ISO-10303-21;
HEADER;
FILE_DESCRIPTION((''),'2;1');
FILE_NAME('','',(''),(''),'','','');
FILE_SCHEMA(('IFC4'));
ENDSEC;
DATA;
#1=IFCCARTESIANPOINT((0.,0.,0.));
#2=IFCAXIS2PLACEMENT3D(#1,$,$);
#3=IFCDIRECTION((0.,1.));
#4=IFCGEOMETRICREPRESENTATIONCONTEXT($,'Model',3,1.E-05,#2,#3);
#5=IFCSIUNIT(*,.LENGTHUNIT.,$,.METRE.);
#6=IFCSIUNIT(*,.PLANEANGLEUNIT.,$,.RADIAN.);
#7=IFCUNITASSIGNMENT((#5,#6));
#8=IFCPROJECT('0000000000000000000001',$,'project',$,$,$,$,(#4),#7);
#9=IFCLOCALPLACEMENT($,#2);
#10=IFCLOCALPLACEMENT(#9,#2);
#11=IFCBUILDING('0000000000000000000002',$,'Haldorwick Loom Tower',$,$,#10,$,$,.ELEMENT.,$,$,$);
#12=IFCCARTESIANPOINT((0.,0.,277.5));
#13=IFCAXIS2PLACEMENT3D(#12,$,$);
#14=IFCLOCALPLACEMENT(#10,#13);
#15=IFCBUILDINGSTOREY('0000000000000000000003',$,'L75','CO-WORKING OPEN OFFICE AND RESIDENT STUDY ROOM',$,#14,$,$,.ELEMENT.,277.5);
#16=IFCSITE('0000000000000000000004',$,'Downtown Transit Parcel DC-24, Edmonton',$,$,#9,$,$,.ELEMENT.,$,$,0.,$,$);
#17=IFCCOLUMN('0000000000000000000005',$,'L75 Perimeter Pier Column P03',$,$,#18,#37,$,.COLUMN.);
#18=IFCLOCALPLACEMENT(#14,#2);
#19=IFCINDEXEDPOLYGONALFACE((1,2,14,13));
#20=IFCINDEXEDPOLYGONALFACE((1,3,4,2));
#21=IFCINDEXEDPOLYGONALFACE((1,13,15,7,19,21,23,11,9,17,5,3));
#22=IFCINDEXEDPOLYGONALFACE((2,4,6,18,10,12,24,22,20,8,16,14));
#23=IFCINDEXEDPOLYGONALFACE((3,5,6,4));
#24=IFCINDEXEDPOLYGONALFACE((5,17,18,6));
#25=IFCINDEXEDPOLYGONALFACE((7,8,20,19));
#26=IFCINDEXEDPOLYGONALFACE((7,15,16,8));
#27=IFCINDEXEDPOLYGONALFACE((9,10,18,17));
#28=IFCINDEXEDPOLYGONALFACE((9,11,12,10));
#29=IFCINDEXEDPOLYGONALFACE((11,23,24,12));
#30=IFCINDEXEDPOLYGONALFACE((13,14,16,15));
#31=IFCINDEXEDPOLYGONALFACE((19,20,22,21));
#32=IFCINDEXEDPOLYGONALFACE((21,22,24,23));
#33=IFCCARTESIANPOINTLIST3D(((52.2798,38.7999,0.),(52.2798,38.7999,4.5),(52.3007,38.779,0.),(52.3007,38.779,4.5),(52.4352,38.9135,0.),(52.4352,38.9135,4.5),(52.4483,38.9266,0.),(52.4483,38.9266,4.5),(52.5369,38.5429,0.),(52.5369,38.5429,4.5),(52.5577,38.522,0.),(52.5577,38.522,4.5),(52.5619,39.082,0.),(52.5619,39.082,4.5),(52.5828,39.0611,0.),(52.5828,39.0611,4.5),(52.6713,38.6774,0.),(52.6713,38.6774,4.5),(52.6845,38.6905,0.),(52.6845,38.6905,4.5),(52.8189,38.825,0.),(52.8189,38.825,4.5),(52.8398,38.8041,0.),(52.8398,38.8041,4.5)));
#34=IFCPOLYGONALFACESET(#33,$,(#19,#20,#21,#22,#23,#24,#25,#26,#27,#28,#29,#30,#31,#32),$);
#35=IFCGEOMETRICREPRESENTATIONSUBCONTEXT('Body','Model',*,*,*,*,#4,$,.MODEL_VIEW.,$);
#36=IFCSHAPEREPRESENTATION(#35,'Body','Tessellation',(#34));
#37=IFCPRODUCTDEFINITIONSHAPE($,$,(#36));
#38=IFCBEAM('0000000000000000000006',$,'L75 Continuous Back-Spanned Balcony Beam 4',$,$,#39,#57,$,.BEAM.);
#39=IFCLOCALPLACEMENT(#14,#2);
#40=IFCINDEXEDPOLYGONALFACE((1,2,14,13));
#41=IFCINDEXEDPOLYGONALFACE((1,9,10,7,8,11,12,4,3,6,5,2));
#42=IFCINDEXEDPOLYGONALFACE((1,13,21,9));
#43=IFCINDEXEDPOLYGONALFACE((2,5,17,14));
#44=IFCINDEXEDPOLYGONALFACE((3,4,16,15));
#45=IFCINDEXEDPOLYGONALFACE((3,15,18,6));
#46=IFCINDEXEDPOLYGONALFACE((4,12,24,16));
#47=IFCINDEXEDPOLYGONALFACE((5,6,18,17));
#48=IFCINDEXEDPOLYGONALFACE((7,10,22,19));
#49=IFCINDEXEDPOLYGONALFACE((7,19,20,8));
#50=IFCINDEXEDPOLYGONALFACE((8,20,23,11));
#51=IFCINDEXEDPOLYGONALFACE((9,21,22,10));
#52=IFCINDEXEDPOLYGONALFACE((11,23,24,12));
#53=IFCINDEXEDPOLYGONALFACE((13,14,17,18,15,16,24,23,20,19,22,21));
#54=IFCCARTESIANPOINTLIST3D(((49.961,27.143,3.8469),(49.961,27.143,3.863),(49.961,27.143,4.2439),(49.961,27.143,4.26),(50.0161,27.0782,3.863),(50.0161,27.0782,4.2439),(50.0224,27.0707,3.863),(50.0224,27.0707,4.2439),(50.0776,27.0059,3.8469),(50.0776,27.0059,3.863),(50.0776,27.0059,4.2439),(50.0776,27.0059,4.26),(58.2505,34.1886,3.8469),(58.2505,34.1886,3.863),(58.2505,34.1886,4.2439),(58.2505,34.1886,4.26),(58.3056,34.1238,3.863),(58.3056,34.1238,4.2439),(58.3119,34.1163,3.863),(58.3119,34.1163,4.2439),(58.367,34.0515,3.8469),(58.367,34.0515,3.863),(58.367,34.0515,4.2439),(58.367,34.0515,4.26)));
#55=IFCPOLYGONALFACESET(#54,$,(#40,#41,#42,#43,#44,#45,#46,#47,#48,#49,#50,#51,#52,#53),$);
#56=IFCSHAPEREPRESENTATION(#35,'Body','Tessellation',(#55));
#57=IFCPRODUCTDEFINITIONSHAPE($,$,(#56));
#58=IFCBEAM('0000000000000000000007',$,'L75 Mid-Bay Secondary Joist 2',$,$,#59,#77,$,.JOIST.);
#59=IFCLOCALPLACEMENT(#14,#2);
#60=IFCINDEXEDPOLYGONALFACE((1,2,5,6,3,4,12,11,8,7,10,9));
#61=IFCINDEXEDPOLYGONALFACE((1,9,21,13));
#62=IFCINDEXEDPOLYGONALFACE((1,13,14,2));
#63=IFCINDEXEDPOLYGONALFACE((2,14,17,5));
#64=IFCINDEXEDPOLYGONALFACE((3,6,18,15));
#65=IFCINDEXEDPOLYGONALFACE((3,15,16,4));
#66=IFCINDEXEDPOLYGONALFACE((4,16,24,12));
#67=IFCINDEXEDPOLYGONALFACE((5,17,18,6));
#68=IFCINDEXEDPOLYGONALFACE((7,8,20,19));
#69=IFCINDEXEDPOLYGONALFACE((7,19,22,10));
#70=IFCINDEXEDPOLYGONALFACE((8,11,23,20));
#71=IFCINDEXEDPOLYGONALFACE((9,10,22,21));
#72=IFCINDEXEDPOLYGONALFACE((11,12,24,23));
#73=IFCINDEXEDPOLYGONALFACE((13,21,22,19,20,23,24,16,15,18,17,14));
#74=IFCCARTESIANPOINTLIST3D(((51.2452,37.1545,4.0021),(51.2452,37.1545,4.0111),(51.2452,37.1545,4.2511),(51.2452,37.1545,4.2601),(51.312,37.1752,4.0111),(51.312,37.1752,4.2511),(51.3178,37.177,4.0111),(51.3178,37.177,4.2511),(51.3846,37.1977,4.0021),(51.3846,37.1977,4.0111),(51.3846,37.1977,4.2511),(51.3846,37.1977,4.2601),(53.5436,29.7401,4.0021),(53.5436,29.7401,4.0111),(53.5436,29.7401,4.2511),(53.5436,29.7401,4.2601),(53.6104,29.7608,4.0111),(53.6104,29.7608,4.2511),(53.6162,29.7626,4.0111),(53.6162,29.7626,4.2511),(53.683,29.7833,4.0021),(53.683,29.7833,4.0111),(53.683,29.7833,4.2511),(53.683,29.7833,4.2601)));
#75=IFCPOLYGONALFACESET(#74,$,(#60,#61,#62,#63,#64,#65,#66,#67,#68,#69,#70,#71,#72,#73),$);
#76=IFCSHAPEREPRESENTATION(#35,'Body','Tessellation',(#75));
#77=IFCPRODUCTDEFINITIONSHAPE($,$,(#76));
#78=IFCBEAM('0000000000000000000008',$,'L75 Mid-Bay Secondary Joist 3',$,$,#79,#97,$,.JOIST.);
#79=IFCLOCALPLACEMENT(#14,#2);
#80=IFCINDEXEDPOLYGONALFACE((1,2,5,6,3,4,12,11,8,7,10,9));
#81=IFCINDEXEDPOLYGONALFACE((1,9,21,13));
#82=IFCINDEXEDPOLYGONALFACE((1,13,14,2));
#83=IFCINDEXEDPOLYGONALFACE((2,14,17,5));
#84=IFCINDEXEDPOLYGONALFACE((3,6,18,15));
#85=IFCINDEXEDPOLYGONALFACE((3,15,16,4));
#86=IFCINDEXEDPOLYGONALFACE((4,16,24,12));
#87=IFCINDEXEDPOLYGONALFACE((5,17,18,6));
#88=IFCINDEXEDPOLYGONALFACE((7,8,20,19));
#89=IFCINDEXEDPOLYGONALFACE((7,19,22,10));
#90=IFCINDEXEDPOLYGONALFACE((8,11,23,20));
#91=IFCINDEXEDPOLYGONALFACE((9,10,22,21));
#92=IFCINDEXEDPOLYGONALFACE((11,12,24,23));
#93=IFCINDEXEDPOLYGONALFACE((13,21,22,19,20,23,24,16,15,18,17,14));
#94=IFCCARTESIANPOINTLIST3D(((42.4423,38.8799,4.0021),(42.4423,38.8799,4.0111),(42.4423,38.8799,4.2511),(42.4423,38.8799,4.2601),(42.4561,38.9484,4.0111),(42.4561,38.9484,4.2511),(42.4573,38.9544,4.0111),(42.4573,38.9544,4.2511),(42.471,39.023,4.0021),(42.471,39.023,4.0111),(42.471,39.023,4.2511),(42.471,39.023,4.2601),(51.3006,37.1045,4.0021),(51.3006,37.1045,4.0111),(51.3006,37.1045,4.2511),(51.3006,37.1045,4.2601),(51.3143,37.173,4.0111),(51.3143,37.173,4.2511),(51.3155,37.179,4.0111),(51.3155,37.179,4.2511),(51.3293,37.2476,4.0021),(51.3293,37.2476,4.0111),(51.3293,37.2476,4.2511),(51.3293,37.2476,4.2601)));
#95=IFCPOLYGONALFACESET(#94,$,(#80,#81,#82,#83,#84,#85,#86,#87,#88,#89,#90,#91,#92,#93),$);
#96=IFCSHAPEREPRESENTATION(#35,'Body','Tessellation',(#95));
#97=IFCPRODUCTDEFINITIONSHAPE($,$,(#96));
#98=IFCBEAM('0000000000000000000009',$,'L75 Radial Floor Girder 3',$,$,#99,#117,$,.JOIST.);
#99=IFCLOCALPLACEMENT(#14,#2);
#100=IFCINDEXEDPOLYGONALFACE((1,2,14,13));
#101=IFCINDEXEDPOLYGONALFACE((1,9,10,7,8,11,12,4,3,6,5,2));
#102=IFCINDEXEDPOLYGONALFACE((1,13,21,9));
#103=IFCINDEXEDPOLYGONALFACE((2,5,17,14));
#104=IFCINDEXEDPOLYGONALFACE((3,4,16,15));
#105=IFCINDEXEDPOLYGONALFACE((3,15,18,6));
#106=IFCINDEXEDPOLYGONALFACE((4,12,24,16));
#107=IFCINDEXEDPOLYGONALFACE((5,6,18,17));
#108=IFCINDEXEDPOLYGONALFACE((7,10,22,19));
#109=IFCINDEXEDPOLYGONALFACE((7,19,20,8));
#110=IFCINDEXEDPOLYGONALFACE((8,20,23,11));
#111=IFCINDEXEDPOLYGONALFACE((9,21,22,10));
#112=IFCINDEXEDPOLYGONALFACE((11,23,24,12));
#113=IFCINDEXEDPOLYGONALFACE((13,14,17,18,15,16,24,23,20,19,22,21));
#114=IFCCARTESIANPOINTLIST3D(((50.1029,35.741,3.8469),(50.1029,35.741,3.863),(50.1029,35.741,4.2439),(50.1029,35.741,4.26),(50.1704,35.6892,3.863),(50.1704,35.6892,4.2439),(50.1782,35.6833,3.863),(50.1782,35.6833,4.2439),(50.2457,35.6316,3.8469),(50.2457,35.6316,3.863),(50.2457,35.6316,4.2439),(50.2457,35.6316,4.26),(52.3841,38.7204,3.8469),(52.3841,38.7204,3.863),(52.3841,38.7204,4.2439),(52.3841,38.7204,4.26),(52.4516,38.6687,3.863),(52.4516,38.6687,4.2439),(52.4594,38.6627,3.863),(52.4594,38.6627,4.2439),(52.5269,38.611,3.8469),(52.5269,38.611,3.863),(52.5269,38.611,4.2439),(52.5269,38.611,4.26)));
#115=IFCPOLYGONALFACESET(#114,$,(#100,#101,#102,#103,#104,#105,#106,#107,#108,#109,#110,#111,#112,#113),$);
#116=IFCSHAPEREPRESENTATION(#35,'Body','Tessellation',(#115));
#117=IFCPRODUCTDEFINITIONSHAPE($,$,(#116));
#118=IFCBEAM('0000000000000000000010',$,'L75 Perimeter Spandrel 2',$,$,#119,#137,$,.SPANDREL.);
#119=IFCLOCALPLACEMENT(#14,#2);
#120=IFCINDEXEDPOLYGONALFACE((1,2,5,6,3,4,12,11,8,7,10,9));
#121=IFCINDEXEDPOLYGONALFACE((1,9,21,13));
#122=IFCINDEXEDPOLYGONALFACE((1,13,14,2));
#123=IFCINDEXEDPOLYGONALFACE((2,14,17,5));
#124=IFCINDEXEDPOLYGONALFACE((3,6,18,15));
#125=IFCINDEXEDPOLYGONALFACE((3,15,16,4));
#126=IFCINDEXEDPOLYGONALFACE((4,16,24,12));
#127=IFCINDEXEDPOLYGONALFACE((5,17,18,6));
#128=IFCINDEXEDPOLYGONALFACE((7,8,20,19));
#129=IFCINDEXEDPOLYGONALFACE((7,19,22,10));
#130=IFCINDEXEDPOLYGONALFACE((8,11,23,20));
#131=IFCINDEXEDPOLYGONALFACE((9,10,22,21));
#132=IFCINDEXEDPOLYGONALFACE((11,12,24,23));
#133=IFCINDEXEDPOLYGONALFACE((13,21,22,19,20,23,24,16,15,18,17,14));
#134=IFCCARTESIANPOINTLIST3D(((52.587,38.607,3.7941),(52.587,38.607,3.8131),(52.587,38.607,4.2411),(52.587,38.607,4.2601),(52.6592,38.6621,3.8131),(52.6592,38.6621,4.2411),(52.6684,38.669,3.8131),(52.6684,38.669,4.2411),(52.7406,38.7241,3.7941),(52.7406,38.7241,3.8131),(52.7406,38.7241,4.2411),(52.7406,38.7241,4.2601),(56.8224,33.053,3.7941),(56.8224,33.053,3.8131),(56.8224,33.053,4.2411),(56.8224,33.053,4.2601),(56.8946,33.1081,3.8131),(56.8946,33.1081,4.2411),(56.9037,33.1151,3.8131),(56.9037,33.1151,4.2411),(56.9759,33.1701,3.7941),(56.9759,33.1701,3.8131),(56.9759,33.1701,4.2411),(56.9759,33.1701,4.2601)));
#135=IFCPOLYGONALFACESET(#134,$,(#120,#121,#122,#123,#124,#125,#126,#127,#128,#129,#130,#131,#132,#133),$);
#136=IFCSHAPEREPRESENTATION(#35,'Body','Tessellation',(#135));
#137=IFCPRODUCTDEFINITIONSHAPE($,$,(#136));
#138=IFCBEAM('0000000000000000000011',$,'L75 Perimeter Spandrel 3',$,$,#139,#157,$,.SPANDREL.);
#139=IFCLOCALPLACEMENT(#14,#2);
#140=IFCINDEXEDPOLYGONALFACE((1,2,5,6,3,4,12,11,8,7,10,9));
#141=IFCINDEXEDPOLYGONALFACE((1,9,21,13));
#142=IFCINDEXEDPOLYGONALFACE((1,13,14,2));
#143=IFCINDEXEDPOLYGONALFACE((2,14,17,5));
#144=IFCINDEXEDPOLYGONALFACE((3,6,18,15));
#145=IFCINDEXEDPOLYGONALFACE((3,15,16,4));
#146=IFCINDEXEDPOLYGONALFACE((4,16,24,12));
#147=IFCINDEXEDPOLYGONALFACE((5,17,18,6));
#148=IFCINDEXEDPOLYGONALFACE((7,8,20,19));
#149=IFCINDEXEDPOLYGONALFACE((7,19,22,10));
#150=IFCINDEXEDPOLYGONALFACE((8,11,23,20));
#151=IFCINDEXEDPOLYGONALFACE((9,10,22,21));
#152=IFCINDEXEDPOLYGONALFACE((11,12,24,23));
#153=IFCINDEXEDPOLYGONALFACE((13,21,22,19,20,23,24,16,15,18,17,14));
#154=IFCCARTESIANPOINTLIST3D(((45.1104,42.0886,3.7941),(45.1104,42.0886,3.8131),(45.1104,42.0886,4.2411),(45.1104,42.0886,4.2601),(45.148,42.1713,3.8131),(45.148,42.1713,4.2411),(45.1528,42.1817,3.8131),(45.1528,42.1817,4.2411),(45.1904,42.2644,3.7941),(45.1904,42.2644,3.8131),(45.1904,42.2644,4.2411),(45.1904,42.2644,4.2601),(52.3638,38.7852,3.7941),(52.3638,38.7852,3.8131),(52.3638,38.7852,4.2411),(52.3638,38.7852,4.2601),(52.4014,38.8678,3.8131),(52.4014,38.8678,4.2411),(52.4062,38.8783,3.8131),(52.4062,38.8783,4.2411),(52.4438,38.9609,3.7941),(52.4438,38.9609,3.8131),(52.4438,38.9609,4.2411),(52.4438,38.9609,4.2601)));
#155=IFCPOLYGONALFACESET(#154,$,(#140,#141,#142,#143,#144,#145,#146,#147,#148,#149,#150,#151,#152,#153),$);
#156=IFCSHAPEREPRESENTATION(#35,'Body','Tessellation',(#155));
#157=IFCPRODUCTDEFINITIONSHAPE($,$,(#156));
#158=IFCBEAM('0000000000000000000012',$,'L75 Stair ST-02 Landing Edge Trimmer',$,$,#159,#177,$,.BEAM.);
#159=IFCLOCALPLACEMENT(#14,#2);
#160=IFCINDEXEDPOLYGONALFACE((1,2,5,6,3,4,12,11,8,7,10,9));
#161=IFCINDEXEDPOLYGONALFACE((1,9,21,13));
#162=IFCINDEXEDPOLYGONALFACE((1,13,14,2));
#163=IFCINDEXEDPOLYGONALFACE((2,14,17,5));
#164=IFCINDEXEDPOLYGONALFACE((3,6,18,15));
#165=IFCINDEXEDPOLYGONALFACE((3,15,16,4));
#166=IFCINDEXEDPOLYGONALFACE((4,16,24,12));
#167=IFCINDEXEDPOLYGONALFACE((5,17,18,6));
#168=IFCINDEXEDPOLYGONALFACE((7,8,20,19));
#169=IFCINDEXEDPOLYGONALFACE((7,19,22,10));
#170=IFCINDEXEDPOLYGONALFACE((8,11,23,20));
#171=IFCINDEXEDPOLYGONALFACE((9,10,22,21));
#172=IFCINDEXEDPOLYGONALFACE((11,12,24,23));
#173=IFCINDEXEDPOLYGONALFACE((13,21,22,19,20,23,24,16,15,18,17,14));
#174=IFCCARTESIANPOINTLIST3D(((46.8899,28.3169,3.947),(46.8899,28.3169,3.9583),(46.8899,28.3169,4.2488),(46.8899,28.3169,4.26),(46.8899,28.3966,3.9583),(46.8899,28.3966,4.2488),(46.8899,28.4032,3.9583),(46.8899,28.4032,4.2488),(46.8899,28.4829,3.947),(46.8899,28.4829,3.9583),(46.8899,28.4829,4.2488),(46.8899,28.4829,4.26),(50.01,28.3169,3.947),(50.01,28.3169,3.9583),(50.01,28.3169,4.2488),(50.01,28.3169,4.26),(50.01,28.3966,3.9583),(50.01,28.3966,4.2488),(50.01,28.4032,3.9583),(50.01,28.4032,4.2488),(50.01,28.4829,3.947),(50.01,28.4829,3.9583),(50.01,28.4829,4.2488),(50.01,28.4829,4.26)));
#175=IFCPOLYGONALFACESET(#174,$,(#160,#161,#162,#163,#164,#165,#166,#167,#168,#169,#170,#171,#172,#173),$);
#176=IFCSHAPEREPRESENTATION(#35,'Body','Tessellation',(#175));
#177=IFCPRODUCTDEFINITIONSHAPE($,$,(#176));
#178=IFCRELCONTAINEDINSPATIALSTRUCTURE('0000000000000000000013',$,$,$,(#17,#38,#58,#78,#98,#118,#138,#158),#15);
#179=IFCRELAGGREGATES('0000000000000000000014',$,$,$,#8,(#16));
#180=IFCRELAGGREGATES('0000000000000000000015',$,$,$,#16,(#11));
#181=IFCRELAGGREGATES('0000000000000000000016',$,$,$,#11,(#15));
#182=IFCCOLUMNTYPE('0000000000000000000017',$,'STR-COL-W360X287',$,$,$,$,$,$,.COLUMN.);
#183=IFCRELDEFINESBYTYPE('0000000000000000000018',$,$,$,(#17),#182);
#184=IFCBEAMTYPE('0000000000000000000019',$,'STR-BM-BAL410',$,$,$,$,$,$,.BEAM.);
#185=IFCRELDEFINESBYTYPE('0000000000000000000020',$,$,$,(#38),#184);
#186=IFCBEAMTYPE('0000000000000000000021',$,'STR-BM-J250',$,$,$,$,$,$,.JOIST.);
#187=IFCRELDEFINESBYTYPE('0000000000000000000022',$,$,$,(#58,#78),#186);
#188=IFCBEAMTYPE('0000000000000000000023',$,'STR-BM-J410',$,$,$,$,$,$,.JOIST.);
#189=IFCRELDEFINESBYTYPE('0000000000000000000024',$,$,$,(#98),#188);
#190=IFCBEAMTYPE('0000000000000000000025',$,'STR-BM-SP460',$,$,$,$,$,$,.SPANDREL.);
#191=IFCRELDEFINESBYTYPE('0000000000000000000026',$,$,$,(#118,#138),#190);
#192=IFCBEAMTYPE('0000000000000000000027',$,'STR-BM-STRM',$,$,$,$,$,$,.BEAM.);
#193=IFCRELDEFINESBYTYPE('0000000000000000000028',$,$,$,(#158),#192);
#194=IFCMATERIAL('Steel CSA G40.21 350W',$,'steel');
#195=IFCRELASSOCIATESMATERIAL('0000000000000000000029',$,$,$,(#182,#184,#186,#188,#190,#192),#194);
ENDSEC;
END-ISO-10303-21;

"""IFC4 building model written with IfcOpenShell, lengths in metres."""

from ifc_helpers import new_model, si_unit, direction, frame, origin, origin_2d, place, context, subcontext, project, spatial, i_section, extrude, material, material_profile, profile_set, type_object, element, save


model = new_model("IFC4")

# Units and contexts
model_context = context("Model", 3, precision=1e-05, world=origin(), true_north=direction((0.0, 1.0)))
body_context = subcontext(model_context, "Body", "Model", "MODEL_VIEW")
ifc_project = project(units=[si_unit("LENGTHUNIT", "METRE"), si_unit("PLANEANGLEUNIT", "RADIAN")], contexts=[model_context])

# Site, building, storey
site_placement = place(None, origin())
site = spatial("IfcSite", under=ifc_project, at=site_placement, Name="Downtown Transit Parcel DC-24, Edmonton", CompositionType="ELEMENT", RefElevation=0.0)
building_placement = place(site_placement, origin())
building = spatial("IfcBuilding", under=site, at=building_placement, Name="Haldorwick Loom Tower", CompositionType="ELEMENT")
storey_placement = place(building_placement, frame((0.0, 0.0, 277.5)))
storey = spatial("IfcBuildingStorey", under=building, at=storey_placement, Name="L75", Description="CO-WORKING OPEN OFFICE AND RESIDENT STUDY ROOM", CompositionType="ELEMENT", Elevation=277.5)

# Column
ifc_material_1 = material(Name="Steel CSA G40.21 350W", Category="steel")
ifc_material_profile_1 = material_profile(ifc_material_1, i_section(OverallWidth=0.3989, OverallDepth=0.3931, WebThickness=0.0186, FlangeThickness=0.0295, at=origin_2d()), Name="W360X287", Category="steel")
ifc_profile_set_1 = profile_set([ifc_material_profile_1], Name="Steel CSA G40.21 350W")
column_type_1 = type_object("IfcColumnType", Name="STR-COL-W360X287", PredefinedType="COLUMN", material=ifc_profile_set_1)
for number, where, z_axis, x_axis, name in (
    (1, (52.5598, 38.802, 0.0), (0.0, 0.0, 1.0), (0.707107, 0.707107, 0.0), "L75 Perimeter Pier Column P03"),
):
    element("IfcColumn", number, at=place(storey_placement, frame(where, z_axis=z_axis, x_axis=x_axis)), inside=storey, type_object=column_type_1, Name=name, PredefinedType="COLUMN", context=body_context, shape_type="SweptSolid", body=[
        extrude(i_section(OverallWidth=0.3989, OverallDepth=0.3931, WebThickness=0.0186, FlangeThickness=0.0295, at=origin_2d()), origin(), (0.0, 0.0, 1.0), 4.5),
    ])

# Beams
ifc_material_profile_2 = material_profile(ifc_material_1, i_section(OverallWidth=0.1799, OverallDepth=0.4131, WebThickness=0.0098, FlangeThickness=0.0161, at=origin_2d()), Name="W410X74", Category="steel")
ifc_profile_set_2 = profile_set([ifc_material_profile_2], Name="Steel CSA G40.21 350W")
beam_type_1 = type_object("IfcBeamType", Name="STR-BM-BAL410", PredefinedType="BEAM", material=ifc_profile_set_2)
beam_1_placement = place(storey_placement, frame((50.0193, 27.0745, 4.0535), z_axis=(0.76196, 0.647624, 0.0), x_axis=(-0.647624, 0.76196, 0.0)))
element("IfcBeam", 2, at=beam_1_placement, inside=storey, type_object=beam_type_1, Name="L75 Continuous Back-Spanned Balcony Beam 4", PredefinedType="BEAM", context=body_context, shape_type="SweptSolid", body=[
    extrude(i_section(OverallWidth=0.1799, OverallDepth=0.4131, WebThickness=0.0098, FlangeThickness=0.0161, at=origin_2d()), origin(), (0.0, 0.0, 1.0), 10.8792),
])
ifc_material_profile_3 = material_profile(ifc_material_1, i_section(OverallWidth=0.146, OverallDepth=0.2581, WebThickness=0.0061, FlangeThickness=0.009, at=origin_2d()), Name="W250X33", Category="steel")
ifc_profile_set_3 = profile_set([ifc_material_profile_3], Name="Steel CSA G40.21 350W")
beam_type_2 = type_object("IfcBeamType", Name="STR-BM-J250", PredefinedType="JOIST", material=ifc_profile_set_3)
beam_2_placement = place(storey_placement, frame((53.6133, 29.7617, 4.1311), z_axis=(-0.296088, 0.955161, 0.0), x_axis=(-0.955161, -0.296088, 0.0)))
element("IfcBeam", 3, at=beam_2_placement, inside=storey, type_object=beam_type_2, Name="L75 Mid-Bay Secondary Joist 2", PredefinedType="JOIST", context=body_context, shape_type="SweptSolid", body=[
    extrude(i_section(OverallWidth=0.146, OverallDepth=0.2581, WebThickness=0.0061, FlangeThickness=0.009, at=origin_2d()), origin(), (0.0, 0.0, 1.0), 7.7625),
])
beam_3_placement = place(storey_placement, frame((51.3149, 37.176, 4.1311), z_axis=(-0.980501, 0.196516, 0.0), x_axis=(-0.196516, -0.980501, 0.0)))
element("IfcBeam", 4, at=beam_3_placement, inside=storey, type_object=beam_type_2, Name="L75 Mid-Bay Secondary Joist 3", PredefinedType="JOIST", context=body_context, shape_type="SweptSolid", body=[
    extrude(i_section(OverallWidth=0.146, OverallDepth=0.2581, WebThickness=0.0061, FlangeThickness=0.009, at=origin_2d()), origin(), (0.0, 0.0, 1.0), 9.0344),
])
ifc_material_profile_4 = material_profile(ifc_material_1, i_section(OverallWidth=0.1799, OverallDepth=0.4131, WebThickness=0.0098, FlangeThickness=0.0161, at=origin_2d()), Name="W410X74", Category="steel")
ifc_profile_set_4 = profile_set([ifc_material_profile_4], Name="Steel CSA G40.21 350W")
beam_type_3 = type_object("IfcBeamType", Name="STR-BM-J410", PredefinedType="JOIST", material=ifc_profile_set_4)
beam_4_placement = place(storey_placement, frame((50.1743, 35.6863, 4.0535), z_axis=(0.607923, 0.793996, 0.0), x_axis=(-0.793996, 0.607923, 0.0)))
element("IfcBeam", 5, at=beam_4_placement, inside=storey, type_object=beam_type_3, Name="L75 Radial Floor Girder 3", PredefinedType="JOIST", context=body_context, shape_type="SweptSolid", body=[
    extrude(i_section(OverallWidth=0.1799, OverallDepth=0.4131, WebThickness=0.0098, FlangeThickness=0.0161, at=origin_2d()), origin(), (0.0, 0.0, 1.0), 3.7524),
])
ifc_material_profile_5 = material_profile(ifc_material_1, i_section(OverallWidth=0.1931, OverallDepth=0.4661, WebThickness=0.0115, FlangeThickness=0.019, at=origin_2d()), Name="W460X97", Category="steel")
ifc_profile_set_5 = profile_set([ifc_material_profile_5], Name="Steel CSA G40.21 350W")
beam_type_4 = type_object("IfcBeamType", Name="STR-BM-SP460", PredefinedType="SPANDREL", material=ifc_profile_set_5)
beam_5_placement = place(storey_placement, frame((56.8992, 33.1116, 4.0271), z_axis=(-0.606384, 0.795172, 0.0), x_axis=(-0.795172, -0.606384, 0.0)))
element("IfcBeam", 6, at=beam_5_placement, inside=storey, type_object=beam_type_4, Name="L75 Perimeter Spandrel 2", PredefinedType="SPANDREL", context=body_context, shape_type="SweptSolid", body=[
    extrude(i_section(OverallWidth=0.1931, OverallDepth=0.4661, WebThickness=0.0115, FlangeThickness=0.019, at=origin_2d()), origin(), (0.0, 0.0, 1.0), 6.9846),
])
beam_6_placement = place(storey_placement, frame((52.4038, 38.873, 4.0271), z_axis=(-0.910061, 0.414474, 0.0), x_axis=(-0.414474, -0.910061, 0.0)))
element("IfcBeam", 7, at=beam_6_placement, inside=storey, type_object=beam_type_4, Name="L75 Perimeter Spandrel 3", PredefinedType="SPANDREL", context=body_context, shape_type="SweptSolid", body=[
    extrude(i_section(OverallWidth=0.1931, OverallDepth=0.4661, WebThickness=0.0115, FlangeThickness=0.019, at=origin_2d()), origin(), (0.0, 0.0, 1.0), 7.9702),
])
ifc_material_profile_6 = material_profile(ifc_material_1, i_section(OverallWidth=0.166, OverallDepth=0.313, WebThickness=0.0066, FlangeThickness=0.0112, at=origin_2d()), Name="W310X45", Category="steel")
ifc_profile_set_6 = profile_set([ifc_material_profile_6], Name="Steel CSA G40.21 350W")
beam_type_5 = type_object("IfcBeamType", Name="STR-BM-STRM", PredefinedType="BEAM", material=ifc_profile_set_6)
for number, where, z_axis, x_axis, name in (
    (8, (46.8899, 28.3999, 4.1035), (1.0, 0.0, 0.0), (0.0, 1.0, 0.0), "L75 Stair ST-02 Landing Edge Trimmer"),
):
    element("IfcBeam", number, at=place(storey_placement, frame(where, z_axis=z_axis, x_axis=x_axis)), inside=storey, type_object=beam_type_5, Name=name, PredefinedType="BEAM", context=body_context, shape_type="SweptSolid", body=[
        extrude(i_section(OverallWidth=0.166, OverallDepth=0.313, WebThickness=0.0066, FlangeThickness=0.0112, at=origin_2d()), origin(), (0.0, 0.0, 1.0), 3.1201),
    ])

save(model, "model.ifc")
